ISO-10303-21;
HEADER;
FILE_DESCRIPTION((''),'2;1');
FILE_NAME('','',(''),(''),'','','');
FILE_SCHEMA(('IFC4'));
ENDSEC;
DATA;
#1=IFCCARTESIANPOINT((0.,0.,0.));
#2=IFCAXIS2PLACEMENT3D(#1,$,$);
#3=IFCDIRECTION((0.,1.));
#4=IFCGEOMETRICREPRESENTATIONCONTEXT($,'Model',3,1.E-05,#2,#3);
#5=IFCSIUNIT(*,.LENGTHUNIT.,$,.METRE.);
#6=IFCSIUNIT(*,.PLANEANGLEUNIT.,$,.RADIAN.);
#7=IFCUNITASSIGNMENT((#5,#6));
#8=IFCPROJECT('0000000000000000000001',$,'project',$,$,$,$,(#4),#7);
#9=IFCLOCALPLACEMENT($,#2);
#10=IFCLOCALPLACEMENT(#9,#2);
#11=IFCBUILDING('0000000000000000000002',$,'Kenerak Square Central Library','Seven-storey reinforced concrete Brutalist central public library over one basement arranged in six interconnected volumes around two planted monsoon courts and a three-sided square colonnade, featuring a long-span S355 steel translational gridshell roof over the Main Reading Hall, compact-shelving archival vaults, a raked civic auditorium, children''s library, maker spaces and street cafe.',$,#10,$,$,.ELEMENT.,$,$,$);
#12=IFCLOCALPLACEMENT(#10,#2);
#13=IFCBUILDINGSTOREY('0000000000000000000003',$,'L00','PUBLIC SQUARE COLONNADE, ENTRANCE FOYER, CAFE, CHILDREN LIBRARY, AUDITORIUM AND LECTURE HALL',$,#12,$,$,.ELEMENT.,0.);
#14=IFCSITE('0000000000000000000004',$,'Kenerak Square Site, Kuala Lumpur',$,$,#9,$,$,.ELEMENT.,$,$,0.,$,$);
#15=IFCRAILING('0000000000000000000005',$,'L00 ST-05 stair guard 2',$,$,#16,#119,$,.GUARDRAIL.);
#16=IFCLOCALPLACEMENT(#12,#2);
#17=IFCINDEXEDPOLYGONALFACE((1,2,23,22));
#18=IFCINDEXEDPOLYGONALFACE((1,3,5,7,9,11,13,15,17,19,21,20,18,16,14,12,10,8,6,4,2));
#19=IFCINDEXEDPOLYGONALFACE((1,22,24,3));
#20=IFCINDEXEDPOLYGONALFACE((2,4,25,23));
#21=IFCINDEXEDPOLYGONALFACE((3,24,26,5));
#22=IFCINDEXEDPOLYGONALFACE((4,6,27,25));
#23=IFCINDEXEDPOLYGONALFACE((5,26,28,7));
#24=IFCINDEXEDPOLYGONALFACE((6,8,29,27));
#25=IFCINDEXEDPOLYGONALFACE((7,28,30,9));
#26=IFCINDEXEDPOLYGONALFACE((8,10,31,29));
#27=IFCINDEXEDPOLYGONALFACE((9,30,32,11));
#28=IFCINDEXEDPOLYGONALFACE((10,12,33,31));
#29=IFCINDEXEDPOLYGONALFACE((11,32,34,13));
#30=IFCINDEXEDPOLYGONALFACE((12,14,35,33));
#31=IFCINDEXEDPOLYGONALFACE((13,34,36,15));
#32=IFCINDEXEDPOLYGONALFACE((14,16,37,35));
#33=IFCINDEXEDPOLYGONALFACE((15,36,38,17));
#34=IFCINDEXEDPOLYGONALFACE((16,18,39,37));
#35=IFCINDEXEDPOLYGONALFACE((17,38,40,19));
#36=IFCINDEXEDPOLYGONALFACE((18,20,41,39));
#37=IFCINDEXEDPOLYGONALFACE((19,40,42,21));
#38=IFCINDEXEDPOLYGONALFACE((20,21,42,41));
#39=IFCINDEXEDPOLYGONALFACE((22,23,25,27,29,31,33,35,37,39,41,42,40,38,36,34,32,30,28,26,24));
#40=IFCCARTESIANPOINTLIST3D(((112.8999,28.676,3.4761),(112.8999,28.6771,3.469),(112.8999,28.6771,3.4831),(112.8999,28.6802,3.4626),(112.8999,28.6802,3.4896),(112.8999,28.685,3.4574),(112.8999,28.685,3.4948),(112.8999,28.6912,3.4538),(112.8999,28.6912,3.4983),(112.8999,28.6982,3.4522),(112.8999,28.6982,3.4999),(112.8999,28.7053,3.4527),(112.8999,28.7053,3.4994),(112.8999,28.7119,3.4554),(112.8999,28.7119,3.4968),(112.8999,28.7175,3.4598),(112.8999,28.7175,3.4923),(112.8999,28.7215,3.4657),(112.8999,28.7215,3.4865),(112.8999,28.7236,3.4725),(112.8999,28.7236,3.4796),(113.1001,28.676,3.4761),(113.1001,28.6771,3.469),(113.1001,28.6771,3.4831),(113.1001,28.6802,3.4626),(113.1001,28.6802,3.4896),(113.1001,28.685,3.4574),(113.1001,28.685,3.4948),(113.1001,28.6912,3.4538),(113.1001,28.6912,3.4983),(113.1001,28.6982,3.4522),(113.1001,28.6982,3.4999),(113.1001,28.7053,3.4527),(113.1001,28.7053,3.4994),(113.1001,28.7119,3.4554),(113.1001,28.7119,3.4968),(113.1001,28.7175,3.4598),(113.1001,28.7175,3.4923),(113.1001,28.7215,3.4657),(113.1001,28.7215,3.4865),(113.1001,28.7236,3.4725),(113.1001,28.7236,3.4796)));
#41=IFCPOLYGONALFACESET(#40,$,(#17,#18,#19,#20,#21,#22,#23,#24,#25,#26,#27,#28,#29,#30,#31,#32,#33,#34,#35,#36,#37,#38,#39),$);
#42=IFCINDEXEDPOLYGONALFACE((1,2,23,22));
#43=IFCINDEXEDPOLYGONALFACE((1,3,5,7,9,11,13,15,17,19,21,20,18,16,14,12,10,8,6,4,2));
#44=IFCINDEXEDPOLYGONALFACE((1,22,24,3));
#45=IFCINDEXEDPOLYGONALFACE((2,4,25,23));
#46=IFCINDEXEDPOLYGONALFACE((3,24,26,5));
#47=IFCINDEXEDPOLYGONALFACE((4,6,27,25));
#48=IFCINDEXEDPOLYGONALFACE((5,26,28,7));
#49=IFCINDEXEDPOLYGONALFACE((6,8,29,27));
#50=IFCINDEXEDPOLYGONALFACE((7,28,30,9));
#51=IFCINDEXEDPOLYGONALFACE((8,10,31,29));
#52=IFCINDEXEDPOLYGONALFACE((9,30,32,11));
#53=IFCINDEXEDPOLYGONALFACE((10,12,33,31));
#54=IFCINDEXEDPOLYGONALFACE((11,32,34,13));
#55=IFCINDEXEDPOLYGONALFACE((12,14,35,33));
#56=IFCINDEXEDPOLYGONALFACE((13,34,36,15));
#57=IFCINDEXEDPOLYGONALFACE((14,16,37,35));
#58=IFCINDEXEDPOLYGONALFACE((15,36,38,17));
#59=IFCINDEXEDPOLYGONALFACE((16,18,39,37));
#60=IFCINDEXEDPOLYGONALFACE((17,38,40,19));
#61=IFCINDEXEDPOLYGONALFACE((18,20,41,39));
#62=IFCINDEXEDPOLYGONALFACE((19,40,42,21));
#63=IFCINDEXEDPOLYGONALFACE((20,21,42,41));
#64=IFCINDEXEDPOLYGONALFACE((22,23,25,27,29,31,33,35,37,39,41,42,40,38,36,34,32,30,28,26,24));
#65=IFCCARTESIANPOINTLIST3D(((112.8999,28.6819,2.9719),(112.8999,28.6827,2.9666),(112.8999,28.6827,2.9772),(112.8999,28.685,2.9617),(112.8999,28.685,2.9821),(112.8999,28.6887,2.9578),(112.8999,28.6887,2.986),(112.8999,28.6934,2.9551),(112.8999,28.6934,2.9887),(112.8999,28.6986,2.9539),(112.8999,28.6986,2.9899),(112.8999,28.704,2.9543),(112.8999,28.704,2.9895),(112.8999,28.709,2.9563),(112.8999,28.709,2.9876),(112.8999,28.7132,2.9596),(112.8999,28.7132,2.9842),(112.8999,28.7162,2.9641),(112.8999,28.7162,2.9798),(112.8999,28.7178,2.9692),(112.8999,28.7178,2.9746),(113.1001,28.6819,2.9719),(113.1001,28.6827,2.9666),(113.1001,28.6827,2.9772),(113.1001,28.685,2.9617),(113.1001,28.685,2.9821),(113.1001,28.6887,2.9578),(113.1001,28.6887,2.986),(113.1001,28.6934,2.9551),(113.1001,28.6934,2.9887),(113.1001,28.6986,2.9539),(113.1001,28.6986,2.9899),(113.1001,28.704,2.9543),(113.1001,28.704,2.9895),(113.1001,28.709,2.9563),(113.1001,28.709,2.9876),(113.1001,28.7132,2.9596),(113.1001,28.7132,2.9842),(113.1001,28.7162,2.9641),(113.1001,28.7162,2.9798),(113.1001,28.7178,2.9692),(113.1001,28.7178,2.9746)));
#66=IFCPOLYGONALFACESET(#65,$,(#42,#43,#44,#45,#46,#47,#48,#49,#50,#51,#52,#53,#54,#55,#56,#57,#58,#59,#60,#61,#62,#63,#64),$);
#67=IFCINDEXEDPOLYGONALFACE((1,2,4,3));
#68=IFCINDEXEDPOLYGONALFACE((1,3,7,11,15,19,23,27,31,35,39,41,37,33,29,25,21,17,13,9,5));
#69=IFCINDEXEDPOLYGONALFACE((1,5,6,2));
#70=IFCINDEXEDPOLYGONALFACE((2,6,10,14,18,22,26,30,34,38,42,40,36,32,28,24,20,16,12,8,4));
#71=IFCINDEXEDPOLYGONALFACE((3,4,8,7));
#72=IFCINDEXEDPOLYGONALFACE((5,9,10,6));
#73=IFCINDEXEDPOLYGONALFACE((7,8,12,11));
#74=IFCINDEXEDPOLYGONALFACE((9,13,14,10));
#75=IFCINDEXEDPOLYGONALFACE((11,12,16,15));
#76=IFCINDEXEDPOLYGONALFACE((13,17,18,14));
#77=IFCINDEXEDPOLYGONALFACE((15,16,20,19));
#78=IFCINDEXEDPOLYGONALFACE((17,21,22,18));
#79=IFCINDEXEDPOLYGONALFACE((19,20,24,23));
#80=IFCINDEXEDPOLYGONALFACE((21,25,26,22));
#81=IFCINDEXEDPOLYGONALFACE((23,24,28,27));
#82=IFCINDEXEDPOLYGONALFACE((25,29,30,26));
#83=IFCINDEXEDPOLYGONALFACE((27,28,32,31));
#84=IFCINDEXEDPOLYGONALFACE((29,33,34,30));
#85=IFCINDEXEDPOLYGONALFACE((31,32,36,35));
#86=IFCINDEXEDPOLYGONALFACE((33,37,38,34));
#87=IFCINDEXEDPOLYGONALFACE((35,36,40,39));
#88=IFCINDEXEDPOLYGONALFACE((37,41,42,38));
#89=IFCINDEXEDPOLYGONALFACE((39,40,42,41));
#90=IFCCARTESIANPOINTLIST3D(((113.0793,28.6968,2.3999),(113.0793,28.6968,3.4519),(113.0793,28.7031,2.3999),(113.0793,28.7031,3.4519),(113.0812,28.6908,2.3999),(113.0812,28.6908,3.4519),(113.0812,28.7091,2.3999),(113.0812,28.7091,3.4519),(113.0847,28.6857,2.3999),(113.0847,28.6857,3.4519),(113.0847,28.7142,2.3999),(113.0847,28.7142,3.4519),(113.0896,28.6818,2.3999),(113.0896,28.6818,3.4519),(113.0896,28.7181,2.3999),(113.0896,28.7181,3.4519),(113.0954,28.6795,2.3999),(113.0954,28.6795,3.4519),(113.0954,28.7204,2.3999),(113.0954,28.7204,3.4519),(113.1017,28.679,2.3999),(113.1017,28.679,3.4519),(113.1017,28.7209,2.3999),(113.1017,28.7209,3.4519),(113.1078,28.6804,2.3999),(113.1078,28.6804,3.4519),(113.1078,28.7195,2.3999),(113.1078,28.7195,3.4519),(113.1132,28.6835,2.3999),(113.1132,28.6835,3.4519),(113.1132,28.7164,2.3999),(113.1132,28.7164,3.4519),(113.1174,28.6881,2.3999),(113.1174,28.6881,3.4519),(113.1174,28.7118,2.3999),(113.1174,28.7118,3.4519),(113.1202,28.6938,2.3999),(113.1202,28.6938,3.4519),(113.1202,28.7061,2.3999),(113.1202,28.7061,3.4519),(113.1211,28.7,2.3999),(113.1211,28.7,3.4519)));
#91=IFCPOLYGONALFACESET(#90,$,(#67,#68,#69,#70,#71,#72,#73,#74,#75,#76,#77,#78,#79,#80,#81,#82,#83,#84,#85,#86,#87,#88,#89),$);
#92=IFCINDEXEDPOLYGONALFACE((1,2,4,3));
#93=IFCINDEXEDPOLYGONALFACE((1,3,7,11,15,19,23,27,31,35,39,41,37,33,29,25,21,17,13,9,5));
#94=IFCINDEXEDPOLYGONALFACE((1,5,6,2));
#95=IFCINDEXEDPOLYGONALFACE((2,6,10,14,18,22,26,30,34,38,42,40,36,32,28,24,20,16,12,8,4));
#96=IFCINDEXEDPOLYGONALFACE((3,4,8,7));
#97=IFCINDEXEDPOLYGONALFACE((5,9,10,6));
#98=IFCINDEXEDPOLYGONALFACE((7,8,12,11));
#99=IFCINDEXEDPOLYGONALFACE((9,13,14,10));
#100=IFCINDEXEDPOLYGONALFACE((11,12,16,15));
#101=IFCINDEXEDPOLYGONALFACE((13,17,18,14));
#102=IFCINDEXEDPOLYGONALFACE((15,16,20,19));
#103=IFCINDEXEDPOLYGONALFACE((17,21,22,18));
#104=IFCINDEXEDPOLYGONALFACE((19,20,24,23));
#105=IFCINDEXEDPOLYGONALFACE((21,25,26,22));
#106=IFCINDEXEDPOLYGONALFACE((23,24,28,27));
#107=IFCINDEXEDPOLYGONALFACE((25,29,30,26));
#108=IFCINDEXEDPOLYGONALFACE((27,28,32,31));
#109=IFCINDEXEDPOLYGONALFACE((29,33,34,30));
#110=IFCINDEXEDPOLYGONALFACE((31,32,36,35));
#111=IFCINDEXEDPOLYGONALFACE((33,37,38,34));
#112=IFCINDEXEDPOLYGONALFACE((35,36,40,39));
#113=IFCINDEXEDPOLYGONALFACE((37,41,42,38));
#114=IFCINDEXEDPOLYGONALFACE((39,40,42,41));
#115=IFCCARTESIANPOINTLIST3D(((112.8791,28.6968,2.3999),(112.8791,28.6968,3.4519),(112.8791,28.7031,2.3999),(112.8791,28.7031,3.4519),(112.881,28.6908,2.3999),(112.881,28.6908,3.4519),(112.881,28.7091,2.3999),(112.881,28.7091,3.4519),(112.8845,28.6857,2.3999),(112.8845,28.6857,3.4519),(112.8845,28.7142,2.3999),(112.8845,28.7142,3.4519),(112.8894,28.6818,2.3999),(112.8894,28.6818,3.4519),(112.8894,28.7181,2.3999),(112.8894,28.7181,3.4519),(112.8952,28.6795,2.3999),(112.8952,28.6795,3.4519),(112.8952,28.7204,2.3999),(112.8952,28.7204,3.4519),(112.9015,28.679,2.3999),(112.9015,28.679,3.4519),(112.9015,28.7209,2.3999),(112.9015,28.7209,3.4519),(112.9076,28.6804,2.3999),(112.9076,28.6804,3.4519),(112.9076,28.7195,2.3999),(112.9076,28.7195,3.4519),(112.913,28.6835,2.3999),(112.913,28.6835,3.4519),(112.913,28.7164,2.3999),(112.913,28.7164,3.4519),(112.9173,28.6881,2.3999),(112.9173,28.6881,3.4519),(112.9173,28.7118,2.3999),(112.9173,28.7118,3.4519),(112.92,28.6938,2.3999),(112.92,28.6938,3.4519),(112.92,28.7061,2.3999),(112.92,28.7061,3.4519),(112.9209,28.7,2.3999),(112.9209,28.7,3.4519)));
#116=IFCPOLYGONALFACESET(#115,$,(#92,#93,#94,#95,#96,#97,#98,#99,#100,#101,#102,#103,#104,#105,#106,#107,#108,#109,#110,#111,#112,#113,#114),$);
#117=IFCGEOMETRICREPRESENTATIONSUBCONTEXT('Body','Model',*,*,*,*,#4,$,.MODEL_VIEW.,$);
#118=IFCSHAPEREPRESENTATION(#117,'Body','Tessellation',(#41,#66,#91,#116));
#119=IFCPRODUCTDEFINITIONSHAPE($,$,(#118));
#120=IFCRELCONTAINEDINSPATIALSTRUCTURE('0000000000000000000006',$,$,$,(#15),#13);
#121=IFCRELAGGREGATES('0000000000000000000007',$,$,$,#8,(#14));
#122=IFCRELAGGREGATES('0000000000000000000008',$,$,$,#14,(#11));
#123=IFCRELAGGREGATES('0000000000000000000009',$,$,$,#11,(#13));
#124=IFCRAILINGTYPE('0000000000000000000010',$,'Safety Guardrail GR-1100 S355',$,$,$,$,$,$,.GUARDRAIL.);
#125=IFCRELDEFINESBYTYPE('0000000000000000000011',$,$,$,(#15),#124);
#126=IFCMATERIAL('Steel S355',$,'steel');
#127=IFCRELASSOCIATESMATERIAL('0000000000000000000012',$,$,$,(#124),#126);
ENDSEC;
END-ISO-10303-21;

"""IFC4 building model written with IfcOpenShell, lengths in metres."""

from ifc_helpers import new_model, si_unit, direction, frame, origin, origin_2d, place, context, subcontext, project, spatial, circle, extrude, material, type_object, element, save


model = new_model("IFC4")

# Units and contexts
model_context = context("Model", 3, precision=1e-05, world=origin(), true_north=direction((0.0, 1.0)))
body_context = subcontext(model_context, "Body", "Model", "MODEL_VIEW")
ifc_project = project(units=[si_unit("LENGTHUNIT", "METRE"), si_unit("PLANEANGLEUNIT", "RADIAN")], contexts=[model_context])

# Site, building, storey
site_placement = place(None, origin())
site = spatial("IfcSite", under=ifc_project, at=site_placement, Name="Kenerak Square Site, Kuala Lumpur", CompositionType="ELEMENT", RefElevation=0.0)
building_placement = place(site_placement, origin())
building = spatial("IfcBuilding", under=site, at=building_placement, Name="Kenerak Square Central Library", Description="Seven-storey reinforced concrete Brutalist central public library over one basement arranged in six interconnected volumes around two planted monsoon courts and a three-sided square colonnade, featuring a long-span S355 steel translational gridshell roof over the Main Reading Hall, compact-shelving archival vaults, a raked civic auditorium, children's library, maker spaces and street cafe.", CompositionType="ELEMENT")
storey_placement = place(building_placement, origin())
storey = spatial("IfcBuildingStorey", under=building, at=storey_placement, Name="L00", Description="PUBLIC SQUARE COLONNADE, ENTRANCE FOYER, CAFE, CHILDREN LIBRARY, AUDITORIUM AND LECTURE HALL", CompositionType="ELEMENT", Elevation=0.0)

# Shared definitions
ifc_material_1 = material(Name="Steel S355", Category="steel")

# Railing
railing_type_1 = type_object("IfcRailingType", Name="Safety Guardrail GR-1100 S355", PredefinedType="GUARDRAIL", material=ifc_material_1)
railing_1_placement = place(storey_placement, frame((113.1001, 28.7, 2.3999)))
element("IfcRailing", 1, at=railing_1_placement, inside=storey, type_object=railing_type_1, Name="L00 ST-05 stair guard 2", PredefinedType="GUARDRAIL", context=body_context, shape_type="SweptSolid", body=[
    extrude(circle(Radius=0.0239, at=origin_2d()), frame((0.0, 0.0, 1.0762), z_axis=(-1.0, 0.0, 0.0), x_axis=(0.0, -1.0, 0.0)), (0.0, 0.0, 1.0), 0.2002),
    extrude(circle(Radius=0.0181, at=origin_2d()), frame((0.0, 0.0, 0.572), z_axis=(-1.0, 0.0, 0.0), x_axis=(0.0, -1.0, 0.0)), (0.0, 0.0, 1.0), 0.2002),
    extrude(circle(Radius=0.021, at=origin_2d()), origin(), (0.0, 0.0, 1.0), 1.052),
    extrude(circle(Radius=0.021, at=origin_2d()), frame((-0.2002, 0.0, 0.0)), (0.0, 0.0, 1.0), 1.052),
])

save(model, "model.ifc")
